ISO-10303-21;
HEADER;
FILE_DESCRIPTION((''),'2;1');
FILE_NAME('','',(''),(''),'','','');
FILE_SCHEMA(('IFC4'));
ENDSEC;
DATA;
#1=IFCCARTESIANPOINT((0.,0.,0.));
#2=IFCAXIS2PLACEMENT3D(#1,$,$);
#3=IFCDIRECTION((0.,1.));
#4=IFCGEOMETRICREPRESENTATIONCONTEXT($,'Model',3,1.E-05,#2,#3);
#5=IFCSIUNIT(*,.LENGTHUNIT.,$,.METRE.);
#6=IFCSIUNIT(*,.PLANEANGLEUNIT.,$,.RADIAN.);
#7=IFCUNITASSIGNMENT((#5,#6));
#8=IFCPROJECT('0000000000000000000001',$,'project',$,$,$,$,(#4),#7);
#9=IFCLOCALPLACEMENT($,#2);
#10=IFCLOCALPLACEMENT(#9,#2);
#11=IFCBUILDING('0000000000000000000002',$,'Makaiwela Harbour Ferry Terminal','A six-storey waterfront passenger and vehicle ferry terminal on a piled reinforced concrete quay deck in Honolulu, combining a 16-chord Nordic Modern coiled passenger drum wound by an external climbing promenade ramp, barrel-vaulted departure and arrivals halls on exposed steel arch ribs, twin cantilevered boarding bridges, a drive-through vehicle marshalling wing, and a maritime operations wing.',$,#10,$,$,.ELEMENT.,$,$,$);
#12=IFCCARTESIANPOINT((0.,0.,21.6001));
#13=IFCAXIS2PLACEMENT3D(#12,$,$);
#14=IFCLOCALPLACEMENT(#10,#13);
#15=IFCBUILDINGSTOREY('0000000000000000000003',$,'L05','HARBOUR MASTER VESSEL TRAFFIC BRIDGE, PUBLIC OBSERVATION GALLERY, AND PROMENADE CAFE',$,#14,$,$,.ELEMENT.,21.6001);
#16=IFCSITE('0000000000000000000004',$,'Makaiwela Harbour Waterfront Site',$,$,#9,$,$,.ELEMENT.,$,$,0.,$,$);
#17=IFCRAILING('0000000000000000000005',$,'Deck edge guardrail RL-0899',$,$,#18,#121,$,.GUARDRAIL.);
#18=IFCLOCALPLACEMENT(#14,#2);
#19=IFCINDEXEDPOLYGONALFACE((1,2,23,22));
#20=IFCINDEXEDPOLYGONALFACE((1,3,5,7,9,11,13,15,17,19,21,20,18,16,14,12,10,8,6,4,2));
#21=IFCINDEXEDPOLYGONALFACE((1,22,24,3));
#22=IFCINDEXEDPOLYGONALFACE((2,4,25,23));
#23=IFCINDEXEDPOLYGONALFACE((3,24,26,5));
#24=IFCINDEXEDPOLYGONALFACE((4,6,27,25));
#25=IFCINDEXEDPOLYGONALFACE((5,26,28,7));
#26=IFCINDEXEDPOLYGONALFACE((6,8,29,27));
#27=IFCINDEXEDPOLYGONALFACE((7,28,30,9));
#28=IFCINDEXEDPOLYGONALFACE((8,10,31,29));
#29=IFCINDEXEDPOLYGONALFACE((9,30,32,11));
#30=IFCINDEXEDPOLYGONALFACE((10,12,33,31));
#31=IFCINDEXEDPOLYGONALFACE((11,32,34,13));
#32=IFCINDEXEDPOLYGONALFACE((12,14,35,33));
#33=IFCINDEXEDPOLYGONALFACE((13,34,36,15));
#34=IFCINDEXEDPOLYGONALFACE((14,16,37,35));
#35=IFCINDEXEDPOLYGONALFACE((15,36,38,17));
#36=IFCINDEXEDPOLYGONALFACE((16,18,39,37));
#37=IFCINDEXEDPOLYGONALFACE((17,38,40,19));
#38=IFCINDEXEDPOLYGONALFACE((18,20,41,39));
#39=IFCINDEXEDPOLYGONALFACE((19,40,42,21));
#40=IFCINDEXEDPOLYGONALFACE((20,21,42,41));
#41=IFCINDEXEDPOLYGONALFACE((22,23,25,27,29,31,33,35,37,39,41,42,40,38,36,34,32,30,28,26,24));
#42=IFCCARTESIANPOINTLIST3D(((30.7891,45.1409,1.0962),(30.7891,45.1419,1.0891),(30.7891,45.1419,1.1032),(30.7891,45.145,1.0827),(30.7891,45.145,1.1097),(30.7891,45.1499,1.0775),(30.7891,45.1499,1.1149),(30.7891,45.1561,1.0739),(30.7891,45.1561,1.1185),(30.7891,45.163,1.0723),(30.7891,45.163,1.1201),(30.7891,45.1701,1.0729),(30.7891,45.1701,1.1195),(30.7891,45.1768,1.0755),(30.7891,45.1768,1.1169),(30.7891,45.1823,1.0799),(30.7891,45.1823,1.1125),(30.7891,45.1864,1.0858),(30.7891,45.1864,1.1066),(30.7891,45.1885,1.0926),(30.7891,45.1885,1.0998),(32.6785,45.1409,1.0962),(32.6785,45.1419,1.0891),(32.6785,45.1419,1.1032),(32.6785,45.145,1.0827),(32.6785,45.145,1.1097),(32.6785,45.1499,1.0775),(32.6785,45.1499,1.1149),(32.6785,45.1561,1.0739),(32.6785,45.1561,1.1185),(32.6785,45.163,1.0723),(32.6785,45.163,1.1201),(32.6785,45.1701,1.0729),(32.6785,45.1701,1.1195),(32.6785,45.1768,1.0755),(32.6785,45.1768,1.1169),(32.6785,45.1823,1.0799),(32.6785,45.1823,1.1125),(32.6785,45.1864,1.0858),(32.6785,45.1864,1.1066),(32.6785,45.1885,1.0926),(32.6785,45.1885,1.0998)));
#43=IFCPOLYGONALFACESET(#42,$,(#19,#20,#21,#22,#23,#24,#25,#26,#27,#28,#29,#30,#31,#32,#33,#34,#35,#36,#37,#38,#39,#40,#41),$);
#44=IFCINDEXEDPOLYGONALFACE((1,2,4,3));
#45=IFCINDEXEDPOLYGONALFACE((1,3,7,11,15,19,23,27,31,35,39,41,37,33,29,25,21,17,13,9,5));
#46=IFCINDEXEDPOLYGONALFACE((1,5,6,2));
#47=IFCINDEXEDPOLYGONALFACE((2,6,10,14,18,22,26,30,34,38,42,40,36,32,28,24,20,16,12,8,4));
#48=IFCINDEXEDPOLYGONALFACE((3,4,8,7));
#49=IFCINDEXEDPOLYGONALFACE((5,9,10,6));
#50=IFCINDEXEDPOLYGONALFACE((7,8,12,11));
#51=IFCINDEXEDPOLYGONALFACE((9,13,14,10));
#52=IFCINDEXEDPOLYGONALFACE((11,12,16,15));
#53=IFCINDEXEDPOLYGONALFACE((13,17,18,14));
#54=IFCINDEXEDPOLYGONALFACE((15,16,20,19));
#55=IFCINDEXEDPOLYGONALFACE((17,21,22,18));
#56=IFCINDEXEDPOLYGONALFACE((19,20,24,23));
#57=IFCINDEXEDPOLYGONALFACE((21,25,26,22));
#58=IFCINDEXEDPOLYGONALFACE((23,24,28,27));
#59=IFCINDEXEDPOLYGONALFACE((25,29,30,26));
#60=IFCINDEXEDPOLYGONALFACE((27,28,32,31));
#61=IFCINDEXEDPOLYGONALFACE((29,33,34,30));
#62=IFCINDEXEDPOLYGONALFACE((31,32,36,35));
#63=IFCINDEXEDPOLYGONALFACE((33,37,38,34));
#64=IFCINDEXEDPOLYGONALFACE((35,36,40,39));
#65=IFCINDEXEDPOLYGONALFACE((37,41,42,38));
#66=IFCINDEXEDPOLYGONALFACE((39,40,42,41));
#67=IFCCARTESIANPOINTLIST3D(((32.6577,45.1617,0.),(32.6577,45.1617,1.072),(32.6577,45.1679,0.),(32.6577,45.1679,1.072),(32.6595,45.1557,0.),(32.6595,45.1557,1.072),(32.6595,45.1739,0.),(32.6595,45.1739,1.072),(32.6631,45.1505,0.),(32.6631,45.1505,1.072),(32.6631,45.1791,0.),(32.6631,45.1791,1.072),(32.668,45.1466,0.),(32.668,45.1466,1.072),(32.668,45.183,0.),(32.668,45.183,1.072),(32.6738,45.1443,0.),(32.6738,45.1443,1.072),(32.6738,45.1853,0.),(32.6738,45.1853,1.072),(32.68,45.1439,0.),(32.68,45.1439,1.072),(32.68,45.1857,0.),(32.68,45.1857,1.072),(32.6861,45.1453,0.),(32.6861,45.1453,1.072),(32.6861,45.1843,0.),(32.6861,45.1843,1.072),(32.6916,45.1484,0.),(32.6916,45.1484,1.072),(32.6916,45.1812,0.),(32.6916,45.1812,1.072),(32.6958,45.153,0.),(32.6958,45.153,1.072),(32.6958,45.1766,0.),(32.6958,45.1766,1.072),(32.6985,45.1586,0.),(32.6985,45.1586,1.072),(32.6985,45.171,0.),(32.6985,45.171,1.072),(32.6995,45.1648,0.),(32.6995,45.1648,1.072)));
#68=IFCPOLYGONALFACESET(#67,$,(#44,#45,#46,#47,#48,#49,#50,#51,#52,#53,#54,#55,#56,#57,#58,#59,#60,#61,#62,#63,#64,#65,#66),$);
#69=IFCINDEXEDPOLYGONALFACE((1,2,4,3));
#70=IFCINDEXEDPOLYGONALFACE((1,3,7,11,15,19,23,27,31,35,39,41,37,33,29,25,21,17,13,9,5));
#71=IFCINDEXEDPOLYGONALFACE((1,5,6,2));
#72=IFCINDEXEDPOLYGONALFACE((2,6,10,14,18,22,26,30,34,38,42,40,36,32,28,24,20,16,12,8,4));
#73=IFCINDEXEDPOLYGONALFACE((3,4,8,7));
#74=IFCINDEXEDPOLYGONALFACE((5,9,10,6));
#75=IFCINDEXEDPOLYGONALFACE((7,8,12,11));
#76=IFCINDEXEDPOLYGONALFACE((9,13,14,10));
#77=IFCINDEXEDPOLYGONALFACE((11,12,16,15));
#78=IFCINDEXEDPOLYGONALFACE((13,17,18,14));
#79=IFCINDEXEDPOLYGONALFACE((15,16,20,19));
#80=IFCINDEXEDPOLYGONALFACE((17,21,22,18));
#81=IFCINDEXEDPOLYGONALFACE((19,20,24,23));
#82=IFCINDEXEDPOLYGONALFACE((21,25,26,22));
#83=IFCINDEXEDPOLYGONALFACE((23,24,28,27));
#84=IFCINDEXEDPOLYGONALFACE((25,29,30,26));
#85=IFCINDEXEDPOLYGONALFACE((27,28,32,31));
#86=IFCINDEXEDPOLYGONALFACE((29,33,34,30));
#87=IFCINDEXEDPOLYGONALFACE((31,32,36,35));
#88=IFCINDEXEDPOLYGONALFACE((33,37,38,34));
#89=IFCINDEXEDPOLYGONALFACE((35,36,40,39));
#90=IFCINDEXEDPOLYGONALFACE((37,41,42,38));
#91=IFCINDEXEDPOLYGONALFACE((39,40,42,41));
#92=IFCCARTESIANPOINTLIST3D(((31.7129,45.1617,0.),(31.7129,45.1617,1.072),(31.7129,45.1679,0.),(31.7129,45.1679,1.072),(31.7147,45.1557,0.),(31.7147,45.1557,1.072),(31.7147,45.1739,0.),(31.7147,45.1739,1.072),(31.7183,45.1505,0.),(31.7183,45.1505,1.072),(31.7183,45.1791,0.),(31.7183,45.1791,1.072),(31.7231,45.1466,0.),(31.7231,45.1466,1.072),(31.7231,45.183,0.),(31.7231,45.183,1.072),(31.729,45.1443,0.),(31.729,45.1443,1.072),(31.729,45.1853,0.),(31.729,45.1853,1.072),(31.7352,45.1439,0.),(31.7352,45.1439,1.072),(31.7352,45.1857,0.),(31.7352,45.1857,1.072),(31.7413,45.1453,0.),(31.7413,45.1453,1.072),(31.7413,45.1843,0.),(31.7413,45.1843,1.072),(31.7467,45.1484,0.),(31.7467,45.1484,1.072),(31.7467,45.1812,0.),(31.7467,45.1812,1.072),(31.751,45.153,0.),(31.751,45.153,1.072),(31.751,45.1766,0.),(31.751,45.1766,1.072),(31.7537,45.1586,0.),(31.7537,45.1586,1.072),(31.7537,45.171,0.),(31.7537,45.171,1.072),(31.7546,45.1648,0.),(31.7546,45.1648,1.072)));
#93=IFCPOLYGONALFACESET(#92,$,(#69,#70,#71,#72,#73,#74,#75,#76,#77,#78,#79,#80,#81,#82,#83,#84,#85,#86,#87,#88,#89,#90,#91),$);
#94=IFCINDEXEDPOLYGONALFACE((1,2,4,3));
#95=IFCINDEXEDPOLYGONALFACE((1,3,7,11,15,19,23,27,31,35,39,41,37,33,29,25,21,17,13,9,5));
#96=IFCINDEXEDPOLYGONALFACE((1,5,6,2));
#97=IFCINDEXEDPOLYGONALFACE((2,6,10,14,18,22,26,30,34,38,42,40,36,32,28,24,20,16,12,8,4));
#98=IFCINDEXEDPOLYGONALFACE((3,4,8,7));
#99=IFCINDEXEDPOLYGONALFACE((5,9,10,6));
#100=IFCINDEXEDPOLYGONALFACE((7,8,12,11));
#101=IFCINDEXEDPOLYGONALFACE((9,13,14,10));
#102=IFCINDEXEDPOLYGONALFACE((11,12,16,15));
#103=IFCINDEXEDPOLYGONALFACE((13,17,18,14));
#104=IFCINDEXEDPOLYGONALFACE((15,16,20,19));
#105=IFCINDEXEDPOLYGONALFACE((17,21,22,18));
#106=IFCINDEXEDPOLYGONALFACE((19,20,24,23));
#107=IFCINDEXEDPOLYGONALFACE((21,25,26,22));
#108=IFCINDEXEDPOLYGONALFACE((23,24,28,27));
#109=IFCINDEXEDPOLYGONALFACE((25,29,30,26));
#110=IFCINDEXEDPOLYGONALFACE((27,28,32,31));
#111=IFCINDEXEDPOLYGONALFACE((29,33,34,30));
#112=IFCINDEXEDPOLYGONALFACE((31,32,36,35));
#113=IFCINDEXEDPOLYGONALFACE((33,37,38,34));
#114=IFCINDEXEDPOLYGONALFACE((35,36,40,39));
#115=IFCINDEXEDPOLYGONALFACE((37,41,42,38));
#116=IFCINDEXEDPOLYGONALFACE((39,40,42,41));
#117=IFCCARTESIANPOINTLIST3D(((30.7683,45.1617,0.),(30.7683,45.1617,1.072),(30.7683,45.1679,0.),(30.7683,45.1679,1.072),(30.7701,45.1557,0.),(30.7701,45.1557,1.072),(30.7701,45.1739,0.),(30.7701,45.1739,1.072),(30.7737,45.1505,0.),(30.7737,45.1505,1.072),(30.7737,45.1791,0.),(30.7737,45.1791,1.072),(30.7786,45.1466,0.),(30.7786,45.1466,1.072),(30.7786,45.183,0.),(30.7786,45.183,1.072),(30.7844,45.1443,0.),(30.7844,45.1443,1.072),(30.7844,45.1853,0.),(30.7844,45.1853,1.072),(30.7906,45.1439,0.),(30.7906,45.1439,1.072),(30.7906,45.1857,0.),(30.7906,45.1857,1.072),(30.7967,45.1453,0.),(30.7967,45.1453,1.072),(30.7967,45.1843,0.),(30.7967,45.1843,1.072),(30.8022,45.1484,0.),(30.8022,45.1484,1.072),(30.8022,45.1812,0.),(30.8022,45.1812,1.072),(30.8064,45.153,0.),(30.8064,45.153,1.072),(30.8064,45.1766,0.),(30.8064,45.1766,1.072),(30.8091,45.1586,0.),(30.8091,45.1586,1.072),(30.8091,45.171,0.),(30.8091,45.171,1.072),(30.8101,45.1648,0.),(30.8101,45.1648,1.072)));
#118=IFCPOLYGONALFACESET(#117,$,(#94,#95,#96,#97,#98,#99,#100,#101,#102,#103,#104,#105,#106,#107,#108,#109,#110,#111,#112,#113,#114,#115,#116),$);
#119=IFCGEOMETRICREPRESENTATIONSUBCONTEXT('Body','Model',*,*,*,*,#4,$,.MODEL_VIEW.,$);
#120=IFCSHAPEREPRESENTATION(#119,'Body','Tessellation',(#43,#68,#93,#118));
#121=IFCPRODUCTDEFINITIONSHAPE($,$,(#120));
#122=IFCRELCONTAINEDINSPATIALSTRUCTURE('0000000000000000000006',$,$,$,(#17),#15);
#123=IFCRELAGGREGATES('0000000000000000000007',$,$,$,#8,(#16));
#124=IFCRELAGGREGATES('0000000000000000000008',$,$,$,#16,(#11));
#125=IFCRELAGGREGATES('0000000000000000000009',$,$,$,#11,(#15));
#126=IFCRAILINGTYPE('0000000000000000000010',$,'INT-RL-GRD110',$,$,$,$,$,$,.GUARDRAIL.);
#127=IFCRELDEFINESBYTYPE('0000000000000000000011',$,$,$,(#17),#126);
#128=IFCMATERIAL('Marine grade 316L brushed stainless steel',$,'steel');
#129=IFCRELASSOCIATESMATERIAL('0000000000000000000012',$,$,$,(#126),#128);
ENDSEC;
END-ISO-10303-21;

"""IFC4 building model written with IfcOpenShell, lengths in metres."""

from ifc_helpers import new_model, si_unit, direction, frame, origin, origin_2d, place, context, subcontext, project, spatial, circle, extrude, material, type_object, element, save


model = new_model("IFC4")

# Units and contexts
model_context = context("Model", 3, precision=1e-05, world=origin(), true_north=direction((0.0, 1.0)))
body_context = subcontext(model_context, "Body", "Model", "MODEL_VIEW")
ifc_project = project(units=[si_unit("LENGTHUNIT", "METRE"), si_unit("PLANEANGLEUNIT", "RADIAN")], contexts=[model_context])

# Site, building, storey
site_placement = place(None, origin())
site = spatial("IfcSite", under=ifc_project, at=site_placement, Name="Makaiwela Harbour Waterfront Site", CompositionType="ELEMENT", RefElevation=0.0)
building_placement = place(site_placement, origin())
building = spatial("IfcBuilding", under=site, at=building_placement, Name="Makaiwela Harbour Ferry Terminal", Description="A six-storey waterfront passenger and vehicle ferry terminal on a piled reinforced concrete quay deck in Honolulu, combining a 16-chord Nordic Modern coiled passenger drum wound by an external climbing promenade ramp, barrel-vaulted departure and arrivals halls on exposed steel arch ribs, twin cantilevered boarding bridges, a drive-through vehicle marshalling wing, and a maritime operations wing.", CompositionType="ELEMENT")
storey_placement = place(building_placement, frame((0.0, 0.0, 21.6001)))
storey = spatial("IfcBuildingStorey", under=building, at=storey_placement, Name="L05", Description="HARBOUR MASTER VESSEL TRAFFIC BRIDGE, PUBLIC OBSERVATION GALLERY, AND PROMENADE CAFE", CompositionType="ELEMENT", Elevation=21.6001)

# Railing
ifc_material_1 = material(Name="Marine grade 316L brushed stainless steel", Category="steel")
railing_type = type_object("IfcRailingType", Name="INT-RL-GRD110", PredefinedType="GUARDRAIL", material=ifc_material_1)
railing_1_placement = place(storey_placement, frame((32.6785, 45.1648, 0.0)))
element("IfcRailing", 1, at=railing_1_placement, inside=storey, type_object=railing_type, Name="Deck edge guardrail RL-0899", PredefinedType="GUARDRAIL", context=body_context, shape_type="SweptSolid", body=[
    extrude(circle(Radius=0.0239, at=origin_2d()), frame((0.0, 0.0, 1.0962), z_axis=(-1.0, 0.0, 0.0), x_axis=(0.0, -1.0, 0.0)), (0.0, 0.0, 1.0), 1.8894),
    extrude(circle(Radius=0.021, at=origin_2d()), origin(), (0.0, 0.0, 1.0), 1.072),
    extrude(circle(Radius=0.021, at=origin_2d()), frame((-0.9448, 0.0, 0.0)), (0.0, 0.0, 1.0), 1.072),
    extrude(circle(Radius=0.021, at=origin_2d()), frame((-1.8894, 0.0, 0.0)), (0.0, 0.0, 1.0), 1.072),
])

save(model, "model.ifc")
